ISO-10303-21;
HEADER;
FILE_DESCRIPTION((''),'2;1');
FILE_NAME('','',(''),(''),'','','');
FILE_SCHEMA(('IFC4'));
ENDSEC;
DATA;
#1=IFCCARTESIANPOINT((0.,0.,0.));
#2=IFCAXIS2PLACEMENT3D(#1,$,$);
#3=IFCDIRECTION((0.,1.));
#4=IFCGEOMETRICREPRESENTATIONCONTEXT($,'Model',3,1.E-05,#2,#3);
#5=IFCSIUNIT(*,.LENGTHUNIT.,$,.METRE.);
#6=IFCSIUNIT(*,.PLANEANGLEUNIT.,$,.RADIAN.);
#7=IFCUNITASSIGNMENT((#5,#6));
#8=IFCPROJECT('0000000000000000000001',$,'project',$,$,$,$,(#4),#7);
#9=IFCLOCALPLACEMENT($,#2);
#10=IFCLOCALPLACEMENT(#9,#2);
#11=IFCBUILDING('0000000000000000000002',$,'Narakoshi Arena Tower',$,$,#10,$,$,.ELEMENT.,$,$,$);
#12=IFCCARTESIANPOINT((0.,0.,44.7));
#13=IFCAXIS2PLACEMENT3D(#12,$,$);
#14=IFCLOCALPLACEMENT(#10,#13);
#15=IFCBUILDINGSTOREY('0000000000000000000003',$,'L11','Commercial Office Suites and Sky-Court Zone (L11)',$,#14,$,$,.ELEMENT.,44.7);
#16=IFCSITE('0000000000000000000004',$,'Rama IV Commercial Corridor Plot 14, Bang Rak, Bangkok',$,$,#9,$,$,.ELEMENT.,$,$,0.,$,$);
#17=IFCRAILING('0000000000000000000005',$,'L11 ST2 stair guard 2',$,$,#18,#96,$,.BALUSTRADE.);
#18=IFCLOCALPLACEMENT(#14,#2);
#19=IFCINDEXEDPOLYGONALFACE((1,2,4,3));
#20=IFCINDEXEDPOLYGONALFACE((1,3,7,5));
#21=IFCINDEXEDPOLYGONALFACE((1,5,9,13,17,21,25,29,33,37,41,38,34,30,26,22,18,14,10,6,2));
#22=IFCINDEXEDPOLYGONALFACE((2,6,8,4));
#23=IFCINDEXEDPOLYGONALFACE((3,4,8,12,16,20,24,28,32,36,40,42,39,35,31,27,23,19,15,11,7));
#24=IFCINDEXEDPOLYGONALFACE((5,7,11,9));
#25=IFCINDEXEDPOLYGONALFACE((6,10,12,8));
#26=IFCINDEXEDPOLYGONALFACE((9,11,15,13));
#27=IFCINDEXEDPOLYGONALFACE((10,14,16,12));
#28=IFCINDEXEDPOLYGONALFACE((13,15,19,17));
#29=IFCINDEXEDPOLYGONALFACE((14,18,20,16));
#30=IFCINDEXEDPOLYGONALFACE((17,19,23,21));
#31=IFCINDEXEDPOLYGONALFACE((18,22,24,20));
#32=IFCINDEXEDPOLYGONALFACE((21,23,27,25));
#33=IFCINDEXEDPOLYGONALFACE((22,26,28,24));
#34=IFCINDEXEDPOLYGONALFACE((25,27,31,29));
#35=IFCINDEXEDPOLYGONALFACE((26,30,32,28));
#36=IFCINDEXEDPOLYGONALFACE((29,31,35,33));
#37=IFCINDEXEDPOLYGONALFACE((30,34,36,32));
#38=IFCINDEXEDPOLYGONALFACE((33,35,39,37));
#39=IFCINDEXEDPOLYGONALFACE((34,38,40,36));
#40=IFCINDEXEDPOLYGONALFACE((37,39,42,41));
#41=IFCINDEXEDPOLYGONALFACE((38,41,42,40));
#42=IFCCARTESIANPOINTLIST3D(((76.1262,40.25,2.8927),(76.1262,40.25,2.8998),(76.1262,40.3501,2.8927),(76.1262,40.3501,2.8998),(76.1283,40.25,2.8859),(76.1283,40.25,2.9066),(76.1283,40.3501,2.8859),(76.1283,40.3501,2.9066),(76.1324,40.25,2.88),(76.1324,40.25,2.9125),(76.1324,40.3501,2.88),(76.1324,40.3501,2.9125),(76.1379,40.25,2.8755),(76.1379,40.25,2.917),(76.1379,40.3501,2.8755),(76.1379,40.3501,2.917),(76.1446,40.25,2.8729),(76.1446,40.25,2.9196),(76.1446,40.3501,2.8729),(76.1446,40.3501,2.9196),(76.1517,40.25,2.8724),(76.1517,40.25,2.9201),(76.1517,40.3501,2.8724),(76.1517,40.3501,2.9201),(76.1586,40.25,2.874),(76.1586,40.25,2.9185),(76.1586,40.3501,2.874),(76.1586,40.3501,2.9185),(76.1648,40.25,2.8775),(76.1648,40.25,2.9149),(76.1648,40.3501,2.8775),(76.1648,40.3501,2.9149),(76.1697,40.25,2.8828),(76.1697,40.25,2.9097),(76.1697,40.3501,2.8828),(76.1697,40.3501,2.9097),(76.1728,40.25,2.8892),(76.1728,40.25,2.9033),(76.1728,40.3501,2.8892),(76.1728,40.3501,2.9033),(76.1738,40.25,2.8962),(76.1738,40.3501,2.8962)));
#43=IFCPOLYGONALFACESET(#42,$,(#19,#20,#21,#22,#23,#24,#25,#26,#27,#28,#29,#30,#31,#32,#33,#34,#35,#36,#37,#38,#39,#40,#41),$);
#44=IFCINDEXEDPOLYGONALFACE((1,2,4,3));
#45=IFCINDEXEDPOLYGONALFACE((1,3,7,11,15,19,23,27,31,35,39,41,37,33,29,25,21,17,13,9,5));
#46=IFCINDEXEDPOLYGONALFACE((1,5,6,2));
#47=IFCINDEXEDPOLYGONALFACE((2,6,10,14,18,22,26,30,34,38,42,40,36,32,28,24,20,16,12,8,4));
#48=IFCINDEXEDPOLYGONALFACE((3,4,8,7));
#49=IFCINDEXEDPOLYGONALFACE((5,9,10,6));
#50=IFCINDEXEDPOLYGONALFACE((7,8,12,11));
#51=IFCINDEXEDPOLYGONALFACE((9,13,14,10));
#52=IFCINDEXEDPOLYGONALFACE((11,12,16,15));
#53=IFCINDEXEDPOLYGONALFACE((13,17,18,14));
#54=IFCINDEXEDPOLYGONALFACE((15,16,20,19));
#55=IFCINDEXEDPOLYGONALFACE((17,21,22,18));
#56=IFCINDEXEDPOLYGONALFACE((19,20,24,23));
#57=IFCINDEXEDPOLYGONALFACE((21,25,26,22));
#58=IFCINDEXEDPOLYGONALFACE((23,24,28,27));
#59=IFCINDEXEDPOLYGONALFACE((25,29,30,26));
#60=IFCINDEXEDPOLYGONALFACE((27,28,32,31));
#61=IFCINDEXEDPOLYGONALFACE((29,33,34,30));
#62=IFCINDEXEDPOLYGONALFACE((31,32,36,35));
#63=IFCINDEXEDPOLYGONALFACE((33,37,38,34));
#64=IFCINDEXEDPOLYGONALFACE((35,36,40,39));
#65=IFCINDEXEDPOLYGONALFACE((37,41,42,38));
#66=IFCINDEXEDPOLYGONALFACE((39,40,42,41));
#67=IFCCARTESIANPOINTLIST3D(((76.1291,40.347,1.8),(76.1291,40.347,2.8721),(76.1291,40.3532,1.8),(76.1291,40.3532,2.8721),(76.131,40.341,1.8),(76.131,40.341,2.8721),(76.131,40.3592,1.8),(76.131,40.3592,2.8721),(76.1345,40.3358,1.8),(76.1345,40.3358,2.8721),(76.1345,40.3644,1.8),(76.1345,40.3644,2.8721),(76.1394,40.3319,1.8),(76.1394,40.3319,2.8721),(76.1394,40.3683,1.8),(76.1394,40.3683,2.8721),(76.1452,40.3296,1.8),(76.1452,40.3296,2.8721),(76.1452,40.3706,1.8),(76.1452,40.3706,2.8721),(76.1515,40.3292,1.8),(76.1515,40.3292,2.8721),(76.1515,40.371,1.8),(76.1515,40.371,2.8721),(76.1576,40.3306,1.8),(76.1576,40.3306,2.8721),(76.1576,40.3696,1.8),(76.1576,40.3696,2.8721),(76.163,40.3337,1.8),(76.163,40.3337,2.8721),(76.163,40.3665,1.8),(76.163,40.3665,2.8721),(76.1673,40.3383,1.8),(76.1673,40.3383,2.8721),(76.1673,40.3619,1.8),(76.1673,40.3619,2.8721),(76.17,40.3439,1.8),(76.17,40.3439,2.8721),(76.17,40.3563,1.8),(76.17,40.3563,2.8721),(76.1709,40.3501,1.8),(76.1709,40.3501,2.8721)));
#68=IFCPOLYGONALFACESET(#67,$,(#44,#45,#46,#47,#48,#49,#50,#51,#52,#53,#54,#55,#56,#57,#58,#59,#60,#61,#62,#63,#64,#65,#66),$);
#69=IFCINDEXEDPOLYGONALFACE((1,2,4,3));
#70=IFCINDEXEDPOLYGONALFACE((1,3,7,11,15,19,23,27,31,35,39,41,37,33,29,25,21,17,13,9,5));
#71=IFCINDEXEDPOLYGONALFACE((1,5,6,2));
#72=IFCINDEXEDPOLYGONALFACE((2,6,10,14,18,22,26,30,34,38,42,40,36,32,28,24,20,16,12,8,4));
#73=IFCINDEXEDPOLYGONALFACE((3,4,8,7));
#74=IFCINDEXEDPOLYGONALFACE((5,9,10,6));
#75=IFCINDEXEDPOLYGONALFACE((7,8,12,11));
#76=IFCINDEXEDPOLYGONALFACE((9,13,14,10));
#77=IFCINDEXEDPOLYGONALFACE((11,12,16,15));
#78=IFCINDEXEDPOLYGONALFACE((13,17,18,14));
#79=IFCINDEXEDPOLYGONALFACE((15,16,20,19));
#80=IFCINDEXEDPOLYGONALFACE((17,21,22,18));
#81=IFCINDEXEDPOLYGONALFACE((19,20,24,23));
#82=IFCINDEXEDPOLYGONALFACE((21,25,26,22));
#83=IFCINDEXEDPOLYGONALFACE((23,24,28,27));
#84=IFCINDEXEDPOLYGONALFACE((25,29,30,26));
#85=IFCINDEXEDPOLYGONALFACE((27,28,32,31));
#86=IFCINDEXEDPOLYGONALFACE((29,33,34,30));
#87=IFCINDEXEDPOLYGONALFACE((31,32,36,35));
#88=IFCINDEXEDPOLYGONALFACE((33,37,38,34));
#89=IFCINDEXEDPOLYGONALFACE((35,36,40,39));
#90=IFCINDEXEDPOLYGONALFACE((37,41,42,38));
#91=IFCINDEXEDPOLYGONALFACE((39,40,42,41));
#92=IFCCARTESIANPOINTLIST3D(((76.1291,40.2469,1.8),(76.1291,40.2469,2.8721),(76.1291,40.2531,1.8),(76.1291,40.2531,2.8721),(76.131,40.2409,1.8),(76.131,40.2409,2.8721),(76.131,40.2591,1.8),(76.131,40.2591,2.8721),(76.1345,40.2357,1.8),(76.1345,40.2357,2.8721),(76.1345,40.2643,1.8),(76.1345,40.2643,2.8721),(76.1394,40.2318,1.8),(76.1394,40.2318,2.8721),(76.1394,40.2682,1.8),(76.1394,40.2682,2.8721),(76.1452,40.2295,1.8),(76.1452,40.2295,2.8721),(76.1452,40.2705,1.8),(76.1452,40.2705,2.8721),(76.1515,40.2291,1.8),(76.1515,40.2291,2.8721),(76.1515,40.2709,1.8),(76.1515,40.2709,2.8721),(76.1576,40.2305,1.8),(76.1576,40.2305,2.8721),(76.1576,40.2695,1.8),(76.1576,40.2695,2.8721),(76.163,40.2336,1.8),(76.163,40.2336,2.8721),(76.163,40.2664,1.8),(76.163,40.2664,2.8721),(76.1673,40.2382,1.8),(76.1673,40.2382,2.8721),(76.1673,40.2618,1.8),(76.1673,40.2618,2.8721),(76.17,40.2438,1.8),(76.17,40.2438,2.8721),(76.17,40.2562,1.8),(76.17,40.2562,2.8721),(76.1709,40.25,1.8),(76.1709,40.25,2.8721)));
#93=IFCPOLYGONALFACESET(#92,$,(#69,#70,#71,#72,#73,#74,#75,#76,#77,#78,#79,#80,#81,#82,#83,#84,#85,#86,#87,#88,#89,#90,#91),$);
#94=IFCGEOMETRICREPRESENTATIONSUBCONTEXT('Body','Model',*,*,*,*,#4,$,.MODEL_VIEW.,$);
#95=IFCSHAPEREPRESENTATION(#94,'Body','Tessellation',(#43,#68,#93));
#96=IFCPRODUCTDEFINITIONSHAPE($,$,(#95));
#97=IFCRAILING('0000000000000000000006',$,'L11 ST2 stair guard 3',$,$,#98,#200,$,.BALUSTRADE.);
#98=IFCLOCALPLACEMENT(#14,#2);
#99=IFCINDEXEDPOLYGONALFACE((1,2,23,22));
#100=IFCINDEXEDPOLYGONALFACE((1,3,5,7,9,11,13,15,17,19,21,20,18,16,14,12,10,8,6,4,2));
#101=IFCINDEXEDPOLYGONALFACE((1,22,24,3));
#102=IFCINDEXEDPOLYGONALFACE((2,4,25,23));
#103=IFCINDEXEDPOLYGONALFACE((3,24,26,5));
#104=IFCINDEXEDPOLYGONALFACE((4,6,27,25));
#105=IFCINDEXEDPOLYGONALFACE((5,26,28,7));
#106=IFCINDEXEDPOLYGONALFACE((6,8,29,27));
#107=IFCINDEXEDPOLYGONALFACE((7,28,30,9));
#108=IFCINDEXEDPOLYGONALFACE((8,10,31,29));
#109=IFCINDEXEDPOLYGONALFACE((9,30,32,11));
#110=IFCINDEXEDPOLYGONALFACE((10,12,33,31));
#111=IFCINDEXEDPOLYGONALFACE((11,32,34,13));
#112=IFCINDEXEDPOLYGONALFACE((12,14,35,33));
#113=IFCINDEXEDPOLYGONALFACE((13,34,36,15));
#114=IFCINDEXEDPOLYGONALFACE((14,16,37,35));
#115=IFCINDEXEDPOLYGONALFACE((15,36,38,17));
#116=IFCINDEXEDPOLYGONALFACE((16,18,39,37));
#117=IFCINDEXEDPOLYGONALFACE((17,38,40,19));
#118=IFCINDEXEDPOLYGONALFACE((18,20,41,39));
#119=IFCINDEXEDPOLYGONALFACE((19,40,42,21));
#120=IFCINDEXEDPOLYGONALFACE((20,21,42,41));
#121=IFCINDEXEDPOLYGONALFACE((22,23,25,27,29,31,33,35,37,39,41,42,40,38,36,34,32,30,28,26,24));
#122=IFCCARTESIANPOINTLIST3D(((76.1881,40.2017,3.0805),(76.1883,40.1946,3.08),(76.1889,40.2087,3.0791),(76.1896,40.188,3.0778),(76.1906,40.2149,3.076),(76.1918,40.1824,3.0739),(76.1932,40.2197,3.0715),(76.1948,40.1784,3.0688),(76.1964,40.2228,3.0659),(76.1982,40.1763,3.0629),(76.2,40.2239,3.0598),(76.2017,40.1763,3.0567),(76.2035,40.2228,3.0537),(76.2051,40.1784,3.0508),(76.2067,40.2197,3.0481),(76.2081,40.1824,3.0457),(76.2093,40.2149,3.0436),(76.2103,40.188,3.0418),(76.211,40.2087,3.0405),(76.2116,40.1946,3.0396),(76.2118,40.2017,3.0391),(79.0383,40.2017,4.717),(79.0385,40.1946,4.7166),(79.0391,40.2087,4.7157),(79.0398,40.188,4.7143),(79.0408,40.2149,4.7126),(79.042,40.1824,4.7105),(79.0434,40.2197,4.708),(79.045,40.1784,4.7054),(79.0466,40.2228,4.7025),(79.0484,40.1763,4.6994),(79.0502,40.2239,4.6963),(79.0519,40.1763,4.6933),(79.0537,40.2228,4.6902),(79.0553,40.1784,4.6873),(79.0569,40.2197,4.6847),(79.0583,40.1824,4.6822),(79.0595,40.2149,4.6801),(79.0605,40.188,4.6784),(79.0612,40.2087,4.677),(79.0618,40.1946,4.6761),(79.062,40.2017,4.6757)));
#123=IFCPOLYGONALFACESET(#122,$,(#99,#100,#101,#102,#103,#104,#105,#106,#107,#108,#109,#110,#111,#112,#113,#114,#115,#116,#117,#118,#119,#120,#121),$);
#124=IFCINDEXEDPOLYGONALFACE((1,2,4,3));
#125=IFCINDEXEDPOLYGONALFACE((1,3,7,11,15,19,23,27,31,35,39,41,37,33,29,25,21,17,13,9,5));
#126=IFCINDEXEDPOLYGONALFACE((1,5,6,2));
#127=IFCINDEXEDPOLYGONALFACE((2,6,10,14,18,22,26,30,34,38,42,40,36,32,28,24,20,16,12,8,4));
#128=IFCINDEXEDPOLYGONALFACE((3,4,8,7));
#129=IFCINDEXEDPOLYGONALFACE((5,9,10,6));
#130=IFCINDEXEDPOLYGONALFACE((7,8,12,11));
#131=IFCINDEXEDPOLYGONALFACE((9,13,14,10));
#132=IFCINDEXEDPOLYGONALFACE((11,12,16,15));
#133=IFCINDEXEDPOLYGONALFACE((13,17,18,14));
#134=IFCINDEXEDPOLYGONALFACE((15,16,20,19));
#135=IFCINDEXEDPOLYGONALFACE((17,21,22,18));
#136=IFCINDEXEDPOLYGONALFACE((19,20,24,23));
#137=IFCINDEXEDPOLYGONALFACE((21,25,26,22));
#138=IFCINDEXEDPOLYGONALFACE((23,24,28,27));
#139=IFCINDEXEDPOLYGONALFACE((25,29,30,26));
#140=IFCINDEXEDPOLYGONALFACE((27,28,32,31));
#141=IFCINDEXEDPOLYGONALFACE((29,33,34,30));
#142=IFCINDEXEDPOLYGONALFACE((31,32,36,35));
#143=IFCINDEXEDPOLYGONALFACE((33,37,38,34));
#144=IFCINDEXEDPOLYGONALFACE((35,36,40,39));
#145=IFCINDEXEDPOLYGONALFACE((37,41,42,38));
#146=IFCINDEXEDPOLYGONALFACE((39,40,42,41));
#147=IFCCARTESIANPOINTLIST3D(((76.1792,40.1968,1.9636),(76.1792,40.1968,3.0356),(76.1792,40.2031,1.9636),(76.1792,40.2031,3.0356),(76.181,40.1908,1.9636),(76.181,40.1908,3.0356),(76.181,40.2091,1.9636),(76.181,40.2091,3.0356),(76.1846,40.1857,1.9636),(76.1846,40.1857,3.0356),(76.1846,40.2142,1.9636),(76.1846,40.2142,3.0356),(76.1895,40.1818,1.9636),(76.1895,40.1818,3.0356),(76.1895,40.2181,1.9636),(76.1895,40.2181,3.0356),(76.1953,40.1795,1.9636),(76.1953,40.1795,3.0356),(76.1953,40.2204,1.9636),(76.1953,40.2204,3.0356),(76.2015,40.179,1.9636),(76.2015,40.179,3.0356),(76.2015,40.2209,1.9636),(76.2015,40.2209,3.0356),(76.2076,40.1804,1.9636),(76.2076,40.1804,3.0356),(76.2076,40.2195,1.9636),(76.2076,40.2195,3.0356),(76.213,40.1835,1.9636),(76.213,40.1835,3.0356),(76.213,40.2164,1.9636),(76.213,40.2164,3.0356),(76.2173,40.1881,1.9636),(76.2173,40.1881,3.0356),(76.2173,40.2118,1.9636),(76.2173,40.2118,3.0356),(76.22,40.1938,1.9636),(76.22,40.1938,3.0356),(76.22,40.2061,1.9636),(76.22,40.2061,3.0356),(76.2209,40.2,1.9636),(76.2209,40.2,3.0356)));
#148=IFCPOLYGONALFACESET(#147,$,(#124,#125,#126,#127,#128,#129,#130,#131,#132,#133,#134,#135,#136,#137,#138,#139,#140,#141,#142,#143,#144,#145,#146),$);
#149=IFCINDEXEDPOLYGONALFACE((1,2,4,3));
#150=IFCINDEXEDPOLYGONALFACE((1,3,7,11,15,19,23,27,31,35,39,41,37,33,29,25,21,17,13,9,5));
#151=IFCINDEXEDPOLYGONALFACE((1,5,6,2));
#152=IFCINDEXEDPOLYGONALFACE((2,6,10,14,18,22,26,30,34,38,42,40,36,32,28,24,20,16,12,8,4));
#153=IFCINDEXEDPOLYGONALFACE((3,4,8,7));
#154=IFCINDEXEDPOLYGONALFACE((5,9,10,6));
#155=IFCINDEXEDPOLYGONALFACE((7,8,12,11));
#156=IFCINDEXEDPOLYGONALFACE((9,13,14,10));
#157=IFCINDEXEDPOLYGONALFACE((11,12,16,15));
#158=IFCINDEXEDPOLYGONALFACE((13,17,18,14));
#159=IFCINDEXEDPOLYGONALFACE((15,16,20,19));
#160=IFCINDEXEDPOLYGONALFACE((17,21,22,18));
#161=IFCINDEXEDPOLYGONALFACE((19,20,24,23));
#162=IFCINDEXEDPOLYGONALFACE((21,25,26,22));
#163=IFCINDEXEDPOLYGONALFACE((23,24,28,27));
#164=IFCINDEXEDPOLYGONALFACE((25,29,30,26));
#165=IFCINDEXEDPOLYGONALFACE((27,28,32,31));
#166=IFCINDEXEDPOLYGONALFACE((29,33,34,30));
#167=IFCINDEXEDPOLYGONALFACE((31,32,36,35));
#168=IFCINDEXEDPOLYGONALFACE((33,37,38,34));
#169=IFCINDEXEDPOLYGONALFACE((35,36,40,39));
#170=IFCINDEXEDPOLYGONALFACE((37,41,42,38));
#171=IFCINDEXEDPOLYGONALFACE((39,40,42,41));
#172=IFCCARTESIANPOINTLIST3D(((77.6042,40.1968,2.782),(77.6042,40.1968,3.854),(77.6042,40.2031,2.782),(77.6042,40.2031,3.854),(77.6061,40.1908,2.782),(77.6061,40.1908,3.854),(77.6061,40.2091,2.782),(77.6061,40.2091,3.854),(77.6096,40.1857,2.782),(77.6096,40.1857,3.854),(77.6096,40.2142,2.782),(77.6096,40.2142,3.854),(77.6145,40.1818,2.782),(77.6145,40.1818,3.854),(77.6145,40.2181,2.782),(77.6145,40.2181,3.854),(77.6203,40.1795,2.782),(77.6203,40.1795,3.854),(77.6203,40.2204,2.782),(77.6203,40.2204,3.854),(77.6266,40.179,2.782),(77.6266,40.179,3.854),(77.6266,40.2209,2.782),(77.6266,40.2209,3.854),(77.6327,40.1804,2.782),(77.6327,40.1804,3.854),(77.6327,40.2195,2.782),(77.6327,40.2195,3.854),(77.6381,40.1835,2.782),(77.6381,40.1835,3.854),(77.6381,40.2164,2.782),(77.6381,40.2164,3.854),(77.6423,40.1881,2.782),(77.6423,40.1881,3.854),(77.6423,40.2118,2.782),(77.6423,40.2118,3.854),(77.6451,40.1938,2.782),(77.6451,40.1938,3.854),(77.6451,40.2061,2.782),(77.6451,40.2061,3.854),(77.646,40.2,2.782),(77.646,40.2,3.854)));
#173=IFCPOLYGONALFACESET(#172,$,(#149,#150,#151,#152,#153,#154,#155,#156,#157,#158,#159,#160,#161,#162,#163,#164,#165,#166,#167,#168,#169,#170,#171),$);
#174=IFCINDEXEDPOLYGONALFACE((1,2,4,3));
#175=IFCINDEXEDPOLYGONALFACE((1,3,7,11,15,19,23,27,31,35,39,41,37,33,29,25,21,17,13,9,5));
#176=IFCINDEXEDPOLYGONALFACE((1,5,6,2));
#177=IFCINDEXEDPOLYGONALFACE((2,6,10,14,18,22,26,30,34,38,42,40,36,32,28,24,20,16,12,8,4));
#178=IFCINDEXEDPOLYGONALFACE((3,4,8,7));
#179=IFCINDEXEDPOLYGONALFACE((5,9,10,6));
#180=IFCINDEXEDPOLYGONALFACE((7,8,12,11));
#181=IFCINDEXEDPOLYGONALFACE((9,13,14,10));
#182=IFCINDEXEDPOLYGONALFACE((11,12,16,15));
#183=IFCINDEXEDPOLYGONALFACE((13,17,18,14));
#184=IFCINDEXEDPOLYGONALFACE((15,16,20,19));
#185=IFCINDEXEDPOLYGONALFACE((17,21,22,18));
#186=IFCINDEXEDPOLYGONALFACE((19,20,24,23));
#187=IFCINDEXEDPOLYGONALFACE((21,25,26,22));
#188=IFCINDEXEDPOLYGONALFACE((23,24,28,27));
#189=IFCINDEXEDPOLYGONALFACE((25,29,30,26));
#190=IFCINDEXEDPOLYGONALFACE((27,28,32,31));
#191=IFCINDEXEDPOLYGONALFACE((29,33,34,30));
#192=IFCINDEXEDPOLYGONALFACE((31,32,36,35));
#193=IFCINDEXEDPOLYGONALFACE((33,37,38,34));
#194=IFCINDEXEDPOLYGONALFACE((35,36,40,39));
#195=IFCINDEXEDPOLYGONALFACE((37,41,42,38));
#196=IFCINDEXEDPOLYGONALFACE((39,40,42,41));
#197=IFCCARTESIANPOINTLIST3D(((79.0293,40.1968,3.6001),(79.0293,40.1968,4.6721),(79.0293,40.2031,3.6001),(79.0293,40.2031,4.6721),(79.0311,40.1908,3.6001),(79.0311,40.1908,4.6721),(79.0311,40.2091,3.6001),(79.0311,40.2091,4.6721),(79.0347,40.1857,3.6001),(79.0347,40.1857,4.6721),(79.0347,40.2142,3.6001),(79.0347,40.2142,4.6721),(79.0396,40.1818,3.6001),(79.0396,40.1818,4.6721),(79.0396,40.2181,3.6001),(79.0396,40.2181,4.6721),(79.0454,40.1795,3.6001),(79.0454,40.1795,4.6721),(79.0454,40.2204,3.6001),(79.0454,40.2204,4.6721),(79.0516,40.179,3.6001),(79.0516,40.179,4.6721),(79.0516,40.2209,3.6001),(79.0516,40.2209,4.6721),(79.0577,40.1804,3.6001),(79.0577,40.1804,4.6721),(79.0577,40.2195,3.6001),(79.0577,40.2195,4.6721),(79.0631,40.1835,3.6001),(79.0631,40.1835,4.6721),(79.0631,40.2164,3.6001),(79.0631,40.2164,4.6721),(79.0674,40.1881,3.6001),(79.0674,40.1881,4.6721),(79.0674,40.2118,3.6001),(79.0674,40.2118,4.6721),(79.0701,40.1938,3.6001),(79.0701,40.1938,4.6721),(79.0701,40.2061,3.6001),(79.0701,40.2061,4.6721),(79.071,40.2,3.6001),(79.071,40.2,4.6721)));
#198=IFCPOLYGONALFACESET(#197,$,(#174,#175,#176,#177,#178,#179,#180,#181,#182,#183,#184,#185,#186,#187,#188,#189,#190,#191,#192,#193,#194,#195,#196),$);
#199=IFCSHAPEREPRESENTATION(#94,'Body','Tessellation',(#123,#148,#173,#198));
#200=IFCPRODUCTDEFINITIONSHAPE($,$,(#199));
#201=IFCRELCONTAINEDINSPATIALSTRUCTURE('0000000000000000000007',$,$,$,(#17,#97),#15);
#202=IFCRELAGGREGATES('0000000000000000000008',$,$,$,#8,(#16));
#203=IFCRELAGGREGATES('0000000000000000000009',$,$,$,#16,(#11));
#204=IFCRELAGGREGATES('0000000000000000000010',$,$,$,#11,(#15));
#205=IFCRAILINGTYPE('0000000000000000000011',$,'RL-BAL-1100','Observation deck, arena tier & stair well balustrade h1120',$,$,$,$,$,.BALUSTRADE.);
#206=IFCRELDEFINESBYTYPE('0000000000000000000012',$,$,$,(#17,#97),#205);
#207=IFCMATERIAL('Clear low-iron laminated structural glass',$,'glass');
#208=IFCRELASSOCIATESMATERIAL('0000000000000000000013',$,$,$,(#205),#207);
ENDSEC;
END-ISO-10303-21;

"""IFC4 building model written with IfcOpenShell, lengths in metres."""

from ifc_helpers import new_model, si_unit, direction, frame, origin, origin_2d, place, context, subcontext, project, spatial, circle, extrude, material, type_object, element, save


model = new_model("IFC4")

# Units and contexts
model_context = context("Model", 3, precision=1e-05, world=origin(), true_north=direction((0.0, 1.0)))
body_context = subcontext(model_context, "Body", "Model", "MODEL_VIEW")
ifc_project = project(units=[si_unit("LENGTHUNIT", "METRE"), si_unit("PLANEANGLEUNIT", "RADIAN")], contexts=[model_context])

# Site, building, storey
site_placement = place(None, origin())
site = spatial("IfcSite", under=ifc_project, at=site_placement, Name="Rama IV Commercial Corridor Plot 14, Bang Rak, Bangkok", CompositionType="ELEMENT", RefElevation=0.0)
building_placement = place(site_placement, origin())
building = spatial("IfcBuilding", under=site, at=building_placement, Name="Narakoshi Arena Tower", CompositionType="ELEMENT")
storey_placement = place(building_placement, frame((0.0, 0.0, 44.7)))
storey = spatial("IfcBuildingStorey", under=building, at=storey_placement, Name="L11", Description="Commercial Office Suites and Sky-Court Zone (L11)", CompositionType="ELEMENT", Elevation=44.7)

# Railings
ifc_material_1 = material(Name="Clear low-iron laminated structural glass", Category="glass")
railing_type_1 = type_object("IfcRailingType", Name="RL-BAL-1100", Description="Observation deck, arena tier & stair well balustrade h1120", PredefinedType="BALUSTRADE", material=ifc_material_1)
railing_1_placement = place(storey_placement, frame((76.1499, 40.3501, 1.8)))
element("IfcRailing", 1, at=railing_1_placement, inside=storey, type_object=railing_type_1, Name="L11 ST2 stair guard 2", PredefinedType="BALUSTRADE", context=body_context, shape_type="SweptSolid", body=[
    extrude(circle(Radius=0.0239, at=origin_2d()), frame((0.0, 0.0, 1.0962), z_axis=(0.0, -1.0, 0.0), x_axis=(1.0, 0.0, 0.0)), (0.0, 0.0, 1.0), 0.1001),
    extrude(circle(Radius=0.021, at=origin_2d()), origin(), (0.0, 0.0, 1.0), 1.072),
    extrude(circle(Radius=0.021, at=origin_2d()), frame((0.0, -0.1001, 0.0)), (0.0, 0.0, 1.0), 1.072),
])
railing_2_placement = place(storey_placement, frame((76.2, 40.2, 1.9636)))
element("IfcRailing", 2, at=railing_2_placement, inside=storey, type_object=railing_type_1, Name="L11 ST2 stair guard 3", PredefinedType="BALUSTRADE", context=body_context, shape_type="SweptSolid", body=[
    extrude(circle(Radius=0.0239, at=origin_2d()), frame((0.0, 0.0, 1.0962), z_axis=(0.867213, 0.0, 0.497938), x_axis=(0.0, 1.0, 0.0)), (0.0, 0.0, 1.0), 3.2866),
    extrude(circle(Radius=0.021, at=origin_2d()), origin(), (0.0, 0.0, 1.0), 1.072),
    extrude(circle(Radius=0.021, at=origin_2d()), frame((1.425, 0.0, 0.8184)), (0.0, 0.0, 1.0), 1.072),
    extrude(circle(Radius=0.021, at=origin_2d()), frame((2.8501, 0.0, 1.6365)), (0.0, 0.0, 1.0), 1.072),
])

save(model, "model.ifc")
